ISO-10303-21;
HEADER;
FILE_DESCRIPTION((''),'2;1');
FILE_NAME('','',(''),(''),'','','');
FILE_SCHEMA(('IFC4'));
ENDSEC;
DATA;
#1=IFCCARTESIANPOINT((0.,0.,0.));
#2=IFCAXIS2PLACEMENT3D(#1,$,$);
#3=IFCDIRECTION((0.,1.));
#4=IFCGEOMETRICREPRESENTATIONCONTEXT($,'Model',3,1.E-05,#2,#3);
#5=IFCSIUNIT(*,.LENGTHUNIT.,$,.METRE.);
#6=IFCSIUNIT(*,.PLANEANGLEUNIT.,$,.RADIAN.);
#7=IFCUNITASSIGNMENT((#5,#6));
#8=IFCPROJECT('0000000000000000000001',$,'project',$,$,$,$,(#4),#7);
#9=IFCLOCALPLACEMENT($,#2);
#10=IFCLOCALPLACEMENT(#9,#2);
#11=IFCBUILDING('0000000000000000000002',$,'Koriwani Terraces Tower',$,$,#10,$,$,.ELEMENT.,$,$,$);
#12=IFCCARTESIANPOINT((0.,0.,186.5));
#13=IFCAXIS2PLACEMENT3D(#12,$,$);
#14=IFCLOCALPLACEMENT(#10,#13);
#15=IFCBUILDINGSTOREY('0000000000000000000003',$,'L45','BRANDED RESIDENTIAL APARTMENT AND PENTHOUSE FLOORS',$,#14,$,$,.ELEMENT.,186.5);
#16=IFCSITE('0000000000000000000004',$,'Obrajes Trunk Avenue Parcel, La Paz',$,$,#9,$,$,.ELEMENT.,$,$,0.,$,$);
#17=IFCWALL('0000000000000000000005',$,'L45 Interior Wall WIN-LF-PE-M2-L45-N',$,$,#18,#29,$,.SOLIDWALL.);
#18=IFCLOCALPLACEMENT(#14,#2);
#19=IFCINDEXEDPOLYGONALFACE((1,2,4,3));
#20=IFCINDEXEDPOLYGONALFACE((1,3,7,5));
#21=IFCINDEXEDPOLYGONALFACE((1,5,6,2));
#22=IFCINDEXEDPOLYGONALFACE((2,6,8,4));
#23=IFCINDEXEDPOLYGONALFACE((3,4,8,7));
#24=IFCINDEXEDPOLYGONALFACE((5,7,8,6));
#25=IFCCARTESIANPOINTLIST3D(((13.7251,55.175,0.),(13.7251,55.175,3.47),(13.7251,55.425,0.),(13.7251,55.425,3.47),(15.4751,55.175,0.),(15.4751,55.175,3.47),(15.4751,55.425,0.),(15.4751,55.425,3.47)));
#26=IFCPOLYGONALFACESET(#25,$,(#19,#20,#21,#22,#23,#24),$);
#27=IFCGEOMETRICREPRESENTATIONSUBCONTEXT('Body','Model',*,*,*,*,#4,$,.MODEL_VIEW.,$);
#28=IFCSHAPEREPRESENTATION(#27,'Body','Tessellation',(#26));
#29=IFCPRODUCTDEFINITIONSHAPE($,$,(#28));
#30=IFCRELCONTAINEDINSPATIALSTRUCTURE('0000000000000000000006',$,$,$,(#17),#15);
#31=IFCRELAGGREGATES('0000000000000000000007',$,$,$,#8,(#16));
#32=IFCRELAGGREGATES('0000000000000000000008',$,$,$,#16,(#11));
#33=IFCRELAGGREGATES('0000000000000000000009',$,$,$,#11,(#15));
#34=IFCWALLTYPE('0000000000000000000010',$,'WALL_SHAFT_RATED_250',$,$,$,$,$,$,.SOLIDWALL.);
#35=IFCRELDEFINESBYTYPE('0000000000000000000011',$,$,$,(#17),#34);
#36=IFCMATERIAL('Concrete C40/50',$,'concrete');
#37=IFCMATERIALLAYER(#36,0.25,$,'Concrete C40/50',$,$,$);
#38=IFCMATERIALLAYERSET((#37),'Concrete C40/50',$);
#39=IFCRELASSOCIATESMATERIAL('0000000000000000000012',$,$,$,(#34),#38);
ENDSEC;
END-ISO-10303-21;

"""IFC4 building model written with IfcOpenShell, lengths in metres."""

from ifc_helpers import new_model, si_unit, direction, frame, frame_2d, origin, place, context, subcontext, project, spatial, rectangle, extrude, material, layer, layer_set, type_object, element, save


model = new_model("IFC4")

# Units and contexts
model_context = context("Model", 3, precision=1e-05, world=origin(), true_north=direction((0.0, 1.0)))
body_context = subcontext(model_context, "Body", "Model", "MODEL_VIEW")
ifc_project = project(units=[si_unit("LENGTHUNIT", "METRE"), si_unit("PLANEANGLEUNIT", "RADIAN")], contexts=[model_context])

# Site, building, storey
site_placement = place(None, origin())
site = spatial("IfcSite", under=ifc_project, at=site_placement, Name="Obrajes Trunk Avenue Parcel, La Paz", CompositionType="ELEMENT", RefElevation=0.0)
building_placement = place(site_placement, origin())
building = spatial("IfcBuilding", under=site, at=building_placement, Name="Koriwani Terraces Tower", CompositionType="ELEMENT")
storey_placement = place(building_placement, frame((0.0, 0.0, 186.5)))
storey = spatial("IfcBuildingStorey", under=building, at=storey_placement, Name="L45", Description="BRANDED RESIDENTIAL APARTMENT AND PENTHOUSE FLOORS", CompositionType="ELEMENT", Elevation=186.5)

# Shared definitions
ifc_material_1 = material(Name="Concrete C40/50", Category="concrete")

# Wall
ifc_layer_1 = layer(ifc_material_1, 0.25, Name="Concrete C40/50")
ifc_layer_set_1 = layer_set([ifc_layer_1], Name="Concrete C40/50")
wall_type_1 = type_object("IfcWallType", Name="WALL_SHAFT_RATED_250", PredefinedType="SOLIDWALL", material=ifc_layer_set_1)
wall_1_placement = place(storey_placement, frame((13.7251, 55.3, 0.0), z_axis=(0.0, 0.0, 1.0), x_axis=(1.0, 0.0, 0.0)))
element("IfcWall", 1, at=wall_1_placement, inside=storey, type_object=wall_type_1, Name="L45 Interior Wall WIN-LF-PE-M2-L45-N", PredefinedType="SOLIDWALL", context=body_context, shape_type="SweptSolid", body=[
    extrude(rectangle(XDim=1.75, YDim=0.25, at=frame_2d((0.875, 0.0))), origin(), (0.0, 0.0, 1.0), 3.47),
])

save(model, "model.ifc")
